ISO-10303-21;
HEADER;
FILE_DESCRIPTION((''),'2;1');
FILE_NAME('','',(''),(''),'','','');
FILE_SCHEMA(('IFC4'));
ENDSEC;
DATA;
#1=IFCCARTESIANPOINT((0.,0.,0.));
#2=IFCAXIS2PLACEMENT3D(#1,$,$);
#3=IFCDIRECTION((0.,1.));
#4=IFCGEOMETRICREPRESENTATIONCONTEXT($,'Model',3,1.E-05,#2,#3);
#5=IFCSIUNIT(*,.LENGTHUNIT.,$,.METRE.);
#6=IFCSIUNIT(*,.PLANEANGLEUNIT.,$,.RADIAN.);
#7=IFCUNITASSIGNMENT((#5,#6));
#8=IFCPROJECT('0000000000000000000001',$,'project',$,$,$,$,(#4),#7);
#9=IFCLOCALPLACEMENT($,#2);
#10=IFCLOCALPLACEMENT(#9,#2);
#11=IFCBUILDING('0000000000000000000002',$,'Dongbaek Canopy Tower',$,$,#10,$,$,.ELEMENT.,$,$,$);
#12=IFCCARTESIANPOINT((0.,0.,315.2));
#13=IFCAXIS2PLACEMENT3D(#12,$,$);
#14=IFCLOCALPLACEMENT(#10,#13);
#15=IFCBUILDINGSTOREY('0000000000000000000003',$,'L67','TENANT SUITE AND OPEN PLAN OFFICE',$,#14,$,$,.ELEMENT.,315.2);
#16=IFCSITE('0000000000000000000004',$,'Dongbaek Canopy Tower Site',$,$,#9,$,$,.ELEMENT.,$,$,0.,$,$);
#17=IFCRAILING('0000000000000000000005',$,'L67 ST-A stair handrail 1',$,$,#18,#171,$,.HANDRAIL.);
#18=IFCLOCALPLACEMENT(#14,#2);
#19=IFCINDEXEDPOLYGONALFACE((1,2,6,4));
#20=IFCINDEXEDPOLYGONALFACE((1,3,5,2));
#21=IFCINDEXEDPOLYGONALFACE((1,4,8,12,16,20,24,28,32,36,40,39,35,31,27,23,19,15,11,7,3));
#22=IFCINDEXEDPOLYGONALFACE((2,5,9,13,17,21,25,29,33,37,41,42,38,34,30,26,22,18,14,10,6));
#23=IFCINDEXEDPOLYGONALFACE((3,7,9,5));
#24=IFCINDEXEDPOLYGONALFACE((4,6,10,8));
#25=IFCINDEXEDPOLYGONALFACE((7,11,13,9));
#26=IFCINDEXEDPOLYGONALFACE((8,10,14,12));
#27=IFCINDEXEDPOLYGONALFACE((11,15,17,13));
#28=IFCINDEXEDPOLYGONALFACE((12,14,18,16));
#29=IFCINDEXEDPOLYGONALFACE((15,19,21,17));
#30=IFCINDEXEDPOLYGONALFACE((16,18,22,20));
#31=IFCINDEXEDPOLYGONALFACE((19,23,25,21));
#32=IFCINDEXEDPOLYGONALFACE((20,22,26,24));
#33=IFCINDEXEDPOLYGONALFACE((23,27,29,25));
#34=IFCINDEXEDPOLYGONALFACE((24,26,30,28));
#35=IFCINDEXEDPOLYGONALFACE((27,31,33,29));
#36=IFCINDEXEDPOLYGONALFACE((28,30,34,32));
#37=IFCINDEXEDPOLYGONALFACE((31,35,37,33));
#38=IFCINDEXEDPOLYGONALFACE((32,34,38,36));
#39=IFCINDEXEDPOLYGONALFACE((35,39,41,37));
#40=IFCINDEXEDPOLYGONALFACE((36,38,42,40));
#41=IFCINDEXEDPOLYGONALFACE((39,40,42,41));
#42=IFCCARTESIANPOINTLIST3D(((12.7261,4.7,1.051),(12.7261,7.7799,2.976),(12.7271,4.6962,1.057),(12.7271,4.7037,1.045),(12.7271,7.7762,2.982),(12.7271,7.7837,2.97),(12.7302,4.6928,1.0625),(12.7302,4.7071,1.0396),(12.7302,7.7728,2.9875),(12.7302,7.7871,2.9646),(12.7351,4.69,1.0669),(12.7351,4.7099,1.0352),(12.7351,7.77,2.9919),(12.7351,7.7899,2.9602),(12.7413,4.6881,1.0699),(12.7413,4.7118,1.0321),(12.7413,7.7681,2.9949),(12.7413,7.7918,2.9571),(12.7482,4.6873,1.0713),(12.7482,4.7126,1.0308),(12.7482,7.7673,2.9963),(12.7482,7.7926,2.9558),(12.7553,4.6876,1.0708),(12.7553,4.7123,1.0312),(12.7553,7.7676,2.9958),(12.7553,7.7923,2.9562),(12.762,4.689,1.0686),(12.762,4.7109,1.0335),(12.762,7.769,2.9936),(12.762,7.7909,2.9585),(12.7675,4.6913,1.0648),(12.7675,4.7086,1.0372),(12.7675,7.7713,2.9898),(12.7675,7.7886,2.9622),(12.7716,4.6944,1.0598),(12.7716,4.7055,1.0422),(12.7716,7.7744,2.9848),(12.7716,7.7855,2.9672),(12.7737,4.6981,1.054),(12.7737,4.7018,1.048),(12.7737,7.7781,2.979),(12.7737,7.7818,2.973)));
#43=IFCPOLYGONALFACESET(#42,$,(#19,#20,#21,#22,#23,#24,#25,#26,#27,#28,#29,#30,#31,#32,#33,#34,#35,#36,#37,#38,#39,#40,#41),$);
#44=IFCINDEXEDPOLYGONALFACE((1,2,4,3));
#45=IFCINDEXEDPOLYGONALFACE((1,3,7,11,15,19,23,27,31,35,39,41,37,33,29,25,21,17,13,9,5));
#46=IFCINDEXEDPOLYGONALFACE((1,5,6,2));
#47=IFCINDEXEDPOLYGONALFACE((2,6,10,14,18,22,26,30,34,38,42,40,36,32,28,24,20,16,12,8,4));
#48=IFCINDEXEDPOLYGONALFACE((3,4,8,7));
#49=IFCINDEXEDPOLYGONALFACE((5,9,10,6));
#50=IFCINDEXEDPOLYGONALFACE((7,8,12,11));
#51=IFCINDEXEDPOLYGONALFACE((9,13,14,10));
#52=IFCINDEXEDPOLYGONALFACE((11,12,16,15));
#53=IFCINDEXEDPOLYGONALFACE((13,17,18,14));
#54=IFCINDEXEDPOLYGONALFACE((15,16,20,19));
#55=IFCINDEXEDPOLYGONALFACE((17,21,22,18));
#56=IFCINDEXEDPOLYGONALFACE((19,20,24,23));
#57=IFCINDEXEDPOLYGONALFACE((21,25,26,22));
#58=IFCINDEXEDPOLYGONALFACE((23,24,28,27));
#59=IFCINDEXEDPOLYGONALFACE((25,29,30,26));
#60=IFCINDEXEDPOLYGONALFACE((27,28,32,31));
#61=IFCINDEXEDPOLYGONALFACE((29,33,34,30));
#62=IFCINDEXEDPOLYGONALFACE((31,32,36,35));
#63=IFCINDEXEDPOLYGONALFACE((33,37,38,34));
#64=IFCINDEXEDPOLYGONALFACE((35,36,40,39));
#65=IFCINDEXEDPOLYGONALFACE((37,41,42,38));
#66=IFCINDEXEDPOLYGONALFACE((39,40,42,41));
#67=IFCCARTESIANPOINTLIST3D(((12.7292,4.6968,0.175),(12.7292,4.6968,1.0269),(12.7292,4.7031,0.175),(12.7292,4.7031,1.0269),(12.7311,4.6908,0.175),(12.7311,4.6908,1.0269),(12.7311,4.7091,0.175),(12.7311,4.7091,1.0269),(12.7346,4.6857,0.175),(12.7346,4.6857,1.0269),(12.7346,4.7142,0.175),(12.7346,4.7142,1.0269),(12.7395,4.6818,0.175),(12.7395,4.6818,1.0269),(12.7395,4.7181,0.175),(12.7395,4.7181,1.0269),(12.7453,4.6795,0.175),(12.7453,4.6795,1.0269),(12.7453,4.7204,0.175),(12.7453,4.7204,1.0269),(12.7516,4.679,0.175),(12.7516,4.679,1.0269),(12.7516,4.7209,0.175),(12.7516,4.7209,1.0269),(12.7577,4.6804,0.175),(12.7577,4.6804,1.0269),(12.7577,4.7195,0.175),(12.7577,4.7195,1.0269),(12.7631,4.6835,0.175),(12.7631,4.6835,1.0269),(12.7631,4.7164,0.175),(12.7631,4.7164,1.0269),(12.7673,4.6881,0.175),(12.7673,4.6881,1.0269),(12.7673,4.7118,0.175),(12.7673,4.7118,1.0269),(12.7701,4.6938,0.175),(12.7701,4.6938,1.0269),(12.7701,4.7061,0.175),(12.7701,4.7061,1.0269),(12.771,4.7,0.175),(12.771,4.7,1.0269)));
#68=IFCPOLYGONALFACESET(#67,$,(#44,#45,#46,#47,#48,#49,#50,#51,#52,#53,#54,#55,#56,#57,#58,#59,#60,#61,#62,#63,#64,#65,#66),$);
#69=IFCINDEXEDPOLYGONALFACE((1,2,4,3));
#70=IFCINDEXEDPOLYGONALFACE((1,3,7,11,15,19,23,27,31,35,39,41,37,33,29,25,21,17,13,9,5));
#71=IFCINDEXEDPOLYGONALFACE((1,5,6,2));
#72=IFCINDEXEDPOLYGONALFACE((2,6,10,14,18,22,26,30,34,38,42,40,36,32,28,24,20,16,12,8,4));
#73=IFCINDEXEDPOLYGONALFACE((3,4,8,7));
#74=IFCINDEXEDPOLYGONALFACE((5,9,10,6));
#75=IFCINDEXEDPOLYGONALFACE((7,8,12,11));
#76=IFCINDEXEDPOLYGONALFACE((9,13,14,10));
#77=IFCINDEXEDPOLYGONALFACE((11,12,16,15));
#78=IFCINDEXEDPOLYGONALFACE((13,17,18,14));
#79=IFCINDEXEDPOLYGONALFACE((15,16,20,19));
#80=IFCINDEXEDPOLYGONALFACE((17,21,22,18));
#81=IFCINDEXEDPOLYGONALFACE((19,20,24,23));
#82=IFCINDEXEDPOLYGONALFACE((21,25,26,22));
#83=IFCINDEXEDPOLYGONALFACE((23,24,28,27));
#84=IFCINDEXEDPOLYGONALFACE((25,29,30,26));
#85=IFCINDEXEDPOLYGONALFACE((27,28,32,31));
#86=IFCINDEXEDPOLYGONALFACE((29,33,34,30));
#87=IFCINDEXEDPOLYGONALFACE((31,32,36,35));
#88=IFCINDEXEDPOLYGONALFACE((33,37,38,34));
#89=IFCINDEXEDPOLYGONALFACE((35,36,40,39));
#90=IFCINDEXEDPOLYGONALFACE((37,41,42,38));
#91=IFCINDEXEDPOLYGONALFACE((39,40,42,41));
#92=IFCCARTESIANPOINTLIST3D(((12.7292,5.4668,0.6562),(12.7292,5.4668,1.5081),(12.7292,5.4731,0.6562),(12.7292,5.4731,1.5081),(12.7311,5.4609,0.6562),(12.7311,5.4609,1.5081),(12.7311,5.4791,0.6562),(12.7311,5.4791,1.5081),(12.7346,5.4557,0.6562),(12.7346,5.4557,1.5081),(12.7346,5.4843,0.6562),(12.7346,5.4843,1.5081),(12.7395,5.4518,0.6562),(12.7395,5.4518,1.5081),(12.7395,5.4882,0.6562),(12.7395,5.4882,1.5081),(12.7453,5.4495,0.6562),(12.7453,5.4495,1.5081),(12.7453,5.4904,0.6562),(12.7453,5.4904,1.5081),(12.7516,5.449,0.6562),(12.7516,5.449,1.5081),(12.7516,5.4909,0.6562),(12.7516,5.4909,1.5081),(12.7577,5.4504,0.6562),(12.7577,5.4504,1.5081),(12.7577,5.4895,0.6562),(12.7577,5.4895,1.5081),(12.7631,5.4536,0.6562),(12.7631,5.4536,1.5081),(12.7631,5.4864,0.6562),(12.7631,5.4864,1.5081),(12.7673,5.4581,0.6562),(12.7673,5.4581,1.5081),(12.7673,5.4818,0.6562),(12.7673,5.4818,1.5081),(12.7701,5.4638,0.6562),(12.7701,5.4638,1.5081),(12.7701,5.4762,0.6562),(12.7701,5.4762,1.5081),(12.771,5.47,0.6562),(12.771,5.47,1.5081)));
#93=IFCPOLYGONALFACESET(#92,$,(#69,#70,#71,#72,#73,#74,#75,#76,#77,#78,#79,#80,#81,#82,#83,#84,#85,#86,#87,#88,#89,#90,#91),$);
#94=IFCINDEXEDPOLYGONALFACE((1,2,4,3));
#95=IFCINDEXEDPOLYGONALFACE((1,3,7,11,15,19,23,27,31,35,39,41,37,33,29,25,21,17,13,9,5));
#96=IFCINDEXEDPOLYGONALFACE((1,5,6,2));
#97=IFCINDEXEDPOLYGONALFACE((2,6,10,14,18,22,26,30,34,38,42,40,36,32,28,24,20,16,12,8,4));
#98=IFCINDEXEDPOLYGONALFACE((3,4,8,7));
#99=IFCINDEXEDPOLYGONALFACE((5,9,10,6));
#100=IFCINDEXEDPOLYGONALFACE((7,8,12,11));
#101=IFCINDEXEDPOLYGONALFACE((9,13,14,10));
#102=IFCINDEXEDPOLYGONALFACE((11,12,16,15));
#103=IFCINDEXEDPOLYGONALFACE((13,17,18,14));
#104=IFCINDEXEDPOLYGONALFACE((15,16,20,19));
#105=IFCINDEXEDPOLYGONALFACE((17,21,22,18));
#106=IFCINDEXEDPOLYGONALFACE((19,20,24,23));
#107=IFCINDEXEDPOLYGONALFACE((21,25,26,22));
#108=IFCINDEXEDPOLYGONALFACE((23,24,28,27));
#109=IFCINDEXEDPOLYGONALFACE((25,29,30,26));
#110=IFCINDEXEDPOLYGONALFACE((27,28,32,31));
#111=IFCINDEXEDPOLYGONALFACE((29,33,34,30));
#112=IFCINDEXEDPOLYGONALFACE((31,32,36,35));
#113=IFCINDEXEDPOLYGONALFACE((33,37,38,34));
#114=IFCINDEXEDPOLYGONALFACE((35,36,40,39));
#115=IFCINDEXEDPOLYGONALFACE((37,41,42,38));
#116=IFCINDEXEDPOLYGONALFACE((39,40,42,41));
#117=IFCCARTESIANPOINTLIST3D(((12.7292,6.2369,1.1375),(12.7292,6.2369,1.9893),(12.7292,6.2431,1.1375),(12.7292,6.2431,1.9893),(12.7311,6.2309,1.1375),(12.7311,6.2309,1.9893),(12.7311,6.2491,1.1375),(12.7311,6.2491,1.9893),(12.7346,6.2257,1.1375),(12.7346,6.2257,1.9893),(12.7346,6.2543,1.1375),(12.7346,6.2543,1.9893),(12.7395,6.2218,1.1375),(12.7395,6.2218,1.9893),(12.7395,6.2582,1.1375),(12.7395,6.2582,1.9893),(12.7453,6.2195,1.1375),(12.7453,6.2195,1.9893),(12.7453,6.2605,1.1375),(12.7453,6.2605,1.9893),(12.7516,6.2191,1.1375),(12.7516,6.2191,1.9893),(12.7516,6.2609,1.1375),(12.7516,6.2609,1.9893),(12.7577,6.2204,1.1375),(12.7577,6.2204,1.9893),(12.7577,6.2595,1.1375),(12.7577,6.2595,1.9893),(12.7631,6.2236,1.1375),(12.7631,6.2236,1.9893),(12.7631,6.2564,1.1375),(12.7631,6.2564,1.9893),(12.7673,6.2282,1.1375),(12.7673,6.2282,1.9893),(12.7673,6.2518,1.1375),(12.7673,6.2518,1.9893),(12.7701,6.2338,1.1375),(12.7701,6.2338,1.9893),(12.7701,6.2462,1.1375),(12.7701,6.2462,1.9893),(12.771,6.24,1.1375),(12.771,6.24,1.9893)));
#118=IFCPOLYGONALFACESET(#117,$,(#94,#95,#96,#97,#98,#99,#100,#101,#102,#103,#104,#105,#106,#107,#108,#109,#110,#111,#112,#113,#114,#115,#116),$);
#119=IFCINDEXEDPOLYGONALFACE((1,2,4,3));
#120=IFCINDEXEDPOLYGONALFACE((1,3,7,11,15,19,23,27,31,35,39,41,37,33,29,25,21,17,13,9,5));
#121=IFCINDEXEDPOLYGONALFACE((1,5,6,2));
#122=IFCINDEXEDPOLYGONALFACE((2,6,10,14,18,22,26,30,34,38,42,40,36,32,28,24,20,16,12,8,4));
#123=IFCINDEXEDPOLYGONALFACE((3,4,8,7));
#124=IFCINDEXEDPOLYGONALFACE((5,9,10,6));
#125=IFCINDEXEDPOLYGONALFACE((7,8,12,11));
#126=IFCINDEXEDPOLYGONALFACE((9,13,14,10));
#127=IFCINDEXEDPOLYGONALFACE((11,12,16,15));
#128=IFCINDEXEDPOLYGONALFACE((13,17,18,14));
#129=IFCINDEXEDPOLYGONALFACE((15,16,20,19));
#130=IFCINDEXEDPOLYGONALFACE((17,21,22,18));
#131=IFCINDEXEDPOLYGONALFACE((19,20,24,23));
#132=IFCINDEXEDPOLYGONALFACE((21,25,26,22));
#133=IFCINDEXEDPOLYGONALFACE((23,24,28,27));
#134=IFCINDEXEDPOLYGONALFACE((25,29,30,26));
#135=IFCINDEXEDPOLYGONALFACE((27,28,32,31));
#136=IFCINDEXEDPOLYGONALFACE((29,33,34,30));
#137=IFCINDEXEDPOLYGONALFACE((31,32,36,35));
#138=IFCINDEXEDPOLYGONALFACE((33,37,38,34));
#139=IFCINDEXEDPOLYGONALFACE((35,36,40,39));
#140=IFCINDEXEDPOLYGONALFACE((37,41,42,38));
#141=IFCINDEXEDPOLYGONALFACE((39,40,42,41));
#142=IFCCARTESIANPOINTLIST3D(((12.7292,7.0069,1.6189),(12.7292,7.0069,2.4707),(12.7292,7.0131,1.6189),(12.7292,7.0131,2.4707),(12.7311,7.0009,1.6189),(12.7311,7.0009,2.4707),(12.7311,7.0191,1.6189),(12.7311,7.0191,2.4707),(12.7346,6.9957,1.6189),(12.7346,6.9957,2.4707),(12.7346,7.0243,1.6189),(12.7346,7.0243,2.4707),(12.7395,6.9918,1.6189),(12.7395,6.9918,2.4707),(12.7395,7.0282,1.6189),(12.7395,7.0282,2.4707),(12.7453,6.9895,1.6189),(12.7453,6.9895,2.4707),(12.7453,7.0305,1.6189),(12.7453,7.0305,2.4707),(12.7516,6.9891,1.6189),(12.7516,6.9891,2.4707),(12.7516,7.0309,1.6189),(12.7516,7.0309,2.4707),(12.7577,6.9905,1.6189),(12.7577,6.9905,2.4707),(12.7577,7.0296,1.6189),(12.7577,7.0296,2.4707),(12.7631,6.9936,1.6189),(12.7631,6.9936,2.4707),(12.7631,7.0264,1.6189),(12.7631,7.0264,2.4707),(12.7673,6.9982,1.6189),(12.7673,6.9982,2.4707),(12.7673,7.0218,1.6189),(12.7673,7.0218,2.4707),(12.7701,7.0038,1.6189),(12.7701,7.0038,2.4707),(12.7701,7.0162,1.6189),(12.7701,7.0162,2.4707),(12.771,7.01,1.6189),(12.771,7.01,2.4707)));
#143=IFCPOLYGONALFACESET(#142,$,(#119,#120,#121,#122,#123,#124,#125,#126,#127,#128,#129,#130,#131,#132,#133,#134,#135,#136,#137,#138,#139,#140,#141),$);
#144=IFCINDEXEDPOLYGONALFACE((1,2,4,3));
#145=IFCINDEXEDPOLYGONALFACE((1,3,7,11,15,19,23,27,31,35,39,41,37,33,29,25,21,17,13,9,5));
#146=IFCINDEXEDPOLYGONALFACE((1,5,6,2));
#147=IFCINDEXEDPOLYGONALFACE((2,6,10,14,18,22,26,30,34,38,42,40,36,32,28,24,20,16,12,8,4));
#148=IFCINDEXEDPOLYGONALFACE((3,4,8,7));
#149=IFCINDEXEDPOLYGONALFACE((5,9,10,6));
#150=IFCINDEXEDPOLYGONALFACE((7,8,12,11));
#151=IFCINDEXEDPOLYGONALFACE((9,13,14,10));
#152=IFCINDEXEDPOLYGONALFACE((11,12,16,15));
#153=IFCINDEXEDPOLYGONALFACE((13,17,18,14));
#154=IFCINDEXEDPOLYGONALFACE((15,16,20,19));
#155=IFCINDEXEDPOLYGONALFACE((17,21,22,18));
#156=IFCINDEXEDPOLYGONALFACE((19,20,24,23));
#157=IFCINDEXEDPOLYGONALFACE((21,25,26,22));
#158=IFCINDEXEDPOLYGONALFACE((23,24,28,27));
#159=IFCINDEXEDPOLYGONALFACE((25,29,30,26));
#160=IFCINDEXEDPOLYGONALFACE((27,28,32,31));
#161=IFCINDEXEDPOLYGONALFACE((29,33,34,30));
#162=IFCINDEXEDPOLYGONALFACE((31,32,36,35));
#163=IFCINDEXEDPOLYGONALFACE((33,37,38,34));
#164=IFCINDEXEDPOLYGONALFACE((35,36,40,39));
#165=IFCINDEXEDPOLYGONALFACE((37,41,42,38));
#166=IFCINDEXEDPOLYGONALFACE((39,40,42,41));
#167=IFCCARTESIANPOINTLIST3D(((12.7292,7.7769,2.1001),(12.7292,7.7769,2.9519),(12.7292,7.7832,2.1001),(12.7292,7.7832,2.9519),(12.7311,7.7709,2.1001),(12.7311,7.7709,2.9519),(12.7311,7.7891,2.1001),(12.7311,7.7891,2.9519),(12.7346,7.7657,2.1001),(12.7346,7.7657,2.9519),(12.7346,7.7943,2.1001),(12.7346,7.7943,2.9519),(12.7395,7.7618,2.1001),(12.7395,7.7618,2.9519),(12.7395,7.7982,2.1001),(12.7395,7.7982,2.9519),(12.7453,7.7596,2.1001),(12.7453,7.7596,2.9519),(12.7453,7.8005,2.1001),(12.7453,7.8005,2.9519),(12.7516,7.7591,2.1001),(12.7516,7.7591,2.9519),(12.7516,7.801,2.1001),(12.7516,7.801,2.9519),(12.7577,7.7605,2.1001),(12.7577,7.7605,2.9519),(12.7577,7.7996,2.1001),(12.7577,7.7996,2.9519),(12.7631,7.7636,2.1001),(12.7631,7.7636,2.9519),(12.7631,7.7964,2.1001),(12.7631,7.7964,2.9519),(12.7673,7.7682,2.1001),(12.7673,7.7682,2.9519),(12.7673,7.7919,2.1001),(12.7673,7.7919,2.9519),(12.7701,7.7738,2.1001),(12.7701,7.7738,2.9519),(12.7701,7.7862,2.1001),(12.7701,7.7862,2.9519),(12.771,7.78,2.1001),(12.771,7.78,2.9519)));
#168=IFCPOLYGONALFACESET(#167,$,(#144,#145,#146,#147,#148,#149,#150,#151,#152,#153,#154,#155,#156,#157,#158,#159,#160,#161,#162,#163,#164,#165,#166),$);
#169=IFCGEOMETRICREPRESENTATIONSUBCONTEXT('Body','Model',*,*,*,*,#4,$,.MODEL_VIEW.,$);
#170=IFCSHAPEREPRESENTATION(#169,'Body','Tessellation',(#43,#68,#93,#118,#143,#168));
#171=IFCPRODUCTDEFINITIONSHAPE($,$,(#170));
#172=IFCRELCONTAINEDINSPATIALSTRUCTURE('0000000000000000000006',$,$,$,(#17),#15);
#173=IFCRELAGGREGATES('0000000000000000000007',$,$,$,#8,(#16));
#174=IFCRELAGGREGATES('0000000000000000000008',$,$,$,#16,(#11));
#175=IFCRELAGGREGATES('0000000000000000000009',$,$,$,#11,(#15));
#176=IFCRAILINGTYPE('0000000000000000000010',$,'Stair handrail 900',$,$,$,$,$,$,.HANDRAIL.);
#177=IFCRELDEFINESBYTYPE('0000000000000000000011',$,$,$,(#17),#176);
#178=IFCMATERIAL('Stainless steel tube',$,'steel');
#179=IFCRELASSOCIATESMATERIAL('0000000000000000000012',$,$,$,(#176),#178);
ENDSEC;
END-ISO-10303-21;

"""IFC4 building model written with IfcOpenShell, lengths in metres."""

from ifc_helpers import new_model, si_unit, direction, frame, origin, origin_2d, place, context, subcontext, project, spatial, circle, extrude, material, type_object, element, save


model = new_model("IFC4")

# Units and contexts
model_context = context("Model", 3, precision=1e-05, world=origin(), true_north=direction((0.0, 1.0)))
body_context = subcontext(model_context, "Body", "Model", "MODEL_VIEW")
ifc_project = project(units=[si_unit("LENGTHUNIT", "METRE"), si_unit("PLANEANGLEUNIT", "RADIAN")], contexts=[model_context])

# Site, building, storey
site_placement = place(None, origin())
site = spatial("IfcSite", under=ifc_project, at=site_placement, Name="Dongbaek Canopy Tower Site", CompositionType="ELEMENT", RefElevation=0.0)
building_placement = place(site_placement, origin())
building = spatial("IfcBuilding", under=site, at=building_placement, Name="Dongbaek Canopy Tower", CompositionType="ELEMENT")
storey_placement = place(building_placement, frame((0.0, 0.0, 315.2)))
storey = spatial("IfcBuildingStorey", under=building, at=storey_placement, Name="L67", Description="TENANT SUITE AND OPEN PLAN OFFICE", CompositionType="ELEMENT", Elevation=315.2)

# Railing
ifc_material_1 = material(Name="Stainless steel tube", Category="steel")
railing_type_1 = type_object("IfcRailingType", Name="Stair handrail 900", PredefinedType="HANDRAIL", material=ifc_material_1)
railing_1_placement = place(storey_placement, frame((12.75, 4.7, 0.175)))
element("IfcRailing", 1, at=railing_1_placement, inside=storey, type_object=railing_type_1, Name="L67 ST-A stair handrail 1", PredefinedType="HANDRAIL", context=body_context, shape_type="SweptSolid", body=[
    extrude(circle(Radius=0.0239, at=origin_2d()), frame((0.0, 0.0, 0.876), z_axis=(0.0, 0.847998, 0.529999), x_axis=(-1.0, 0.0, 0.0)), (0.0, 0.0, 1.0), 3.6321),
    extrude(circle(Radius=0.021, at=origin_2d()), origin(), (0.0, 0.0, 1.0), 0.8518),
    extrude(circle(Radius=0.021, at=origin_2d()), frame((0.0, 0.77, 0.4812)), (0.0, 0.0, 1.0), 0.8518),
    extrude(circle(Radius=0.021, at=origin_2d()), frame((0.0, 1.54, 0.9624)), (0.0, 0.0, 1.0), 0.8518),
    extrude(circle(Radius=0.021, at=origin_2d()), frame((0.0, 2.3101, 1.4438)), (0.0, 0.0, 1.0), 0.8518),
    extrude(circle(Radius=0.021, at=origin_2d()), frame((0.0, 3.0801, 1.925)), (0.0, 0.0, 1.0), 0.8518),
])

save(model, "model.ifc")
